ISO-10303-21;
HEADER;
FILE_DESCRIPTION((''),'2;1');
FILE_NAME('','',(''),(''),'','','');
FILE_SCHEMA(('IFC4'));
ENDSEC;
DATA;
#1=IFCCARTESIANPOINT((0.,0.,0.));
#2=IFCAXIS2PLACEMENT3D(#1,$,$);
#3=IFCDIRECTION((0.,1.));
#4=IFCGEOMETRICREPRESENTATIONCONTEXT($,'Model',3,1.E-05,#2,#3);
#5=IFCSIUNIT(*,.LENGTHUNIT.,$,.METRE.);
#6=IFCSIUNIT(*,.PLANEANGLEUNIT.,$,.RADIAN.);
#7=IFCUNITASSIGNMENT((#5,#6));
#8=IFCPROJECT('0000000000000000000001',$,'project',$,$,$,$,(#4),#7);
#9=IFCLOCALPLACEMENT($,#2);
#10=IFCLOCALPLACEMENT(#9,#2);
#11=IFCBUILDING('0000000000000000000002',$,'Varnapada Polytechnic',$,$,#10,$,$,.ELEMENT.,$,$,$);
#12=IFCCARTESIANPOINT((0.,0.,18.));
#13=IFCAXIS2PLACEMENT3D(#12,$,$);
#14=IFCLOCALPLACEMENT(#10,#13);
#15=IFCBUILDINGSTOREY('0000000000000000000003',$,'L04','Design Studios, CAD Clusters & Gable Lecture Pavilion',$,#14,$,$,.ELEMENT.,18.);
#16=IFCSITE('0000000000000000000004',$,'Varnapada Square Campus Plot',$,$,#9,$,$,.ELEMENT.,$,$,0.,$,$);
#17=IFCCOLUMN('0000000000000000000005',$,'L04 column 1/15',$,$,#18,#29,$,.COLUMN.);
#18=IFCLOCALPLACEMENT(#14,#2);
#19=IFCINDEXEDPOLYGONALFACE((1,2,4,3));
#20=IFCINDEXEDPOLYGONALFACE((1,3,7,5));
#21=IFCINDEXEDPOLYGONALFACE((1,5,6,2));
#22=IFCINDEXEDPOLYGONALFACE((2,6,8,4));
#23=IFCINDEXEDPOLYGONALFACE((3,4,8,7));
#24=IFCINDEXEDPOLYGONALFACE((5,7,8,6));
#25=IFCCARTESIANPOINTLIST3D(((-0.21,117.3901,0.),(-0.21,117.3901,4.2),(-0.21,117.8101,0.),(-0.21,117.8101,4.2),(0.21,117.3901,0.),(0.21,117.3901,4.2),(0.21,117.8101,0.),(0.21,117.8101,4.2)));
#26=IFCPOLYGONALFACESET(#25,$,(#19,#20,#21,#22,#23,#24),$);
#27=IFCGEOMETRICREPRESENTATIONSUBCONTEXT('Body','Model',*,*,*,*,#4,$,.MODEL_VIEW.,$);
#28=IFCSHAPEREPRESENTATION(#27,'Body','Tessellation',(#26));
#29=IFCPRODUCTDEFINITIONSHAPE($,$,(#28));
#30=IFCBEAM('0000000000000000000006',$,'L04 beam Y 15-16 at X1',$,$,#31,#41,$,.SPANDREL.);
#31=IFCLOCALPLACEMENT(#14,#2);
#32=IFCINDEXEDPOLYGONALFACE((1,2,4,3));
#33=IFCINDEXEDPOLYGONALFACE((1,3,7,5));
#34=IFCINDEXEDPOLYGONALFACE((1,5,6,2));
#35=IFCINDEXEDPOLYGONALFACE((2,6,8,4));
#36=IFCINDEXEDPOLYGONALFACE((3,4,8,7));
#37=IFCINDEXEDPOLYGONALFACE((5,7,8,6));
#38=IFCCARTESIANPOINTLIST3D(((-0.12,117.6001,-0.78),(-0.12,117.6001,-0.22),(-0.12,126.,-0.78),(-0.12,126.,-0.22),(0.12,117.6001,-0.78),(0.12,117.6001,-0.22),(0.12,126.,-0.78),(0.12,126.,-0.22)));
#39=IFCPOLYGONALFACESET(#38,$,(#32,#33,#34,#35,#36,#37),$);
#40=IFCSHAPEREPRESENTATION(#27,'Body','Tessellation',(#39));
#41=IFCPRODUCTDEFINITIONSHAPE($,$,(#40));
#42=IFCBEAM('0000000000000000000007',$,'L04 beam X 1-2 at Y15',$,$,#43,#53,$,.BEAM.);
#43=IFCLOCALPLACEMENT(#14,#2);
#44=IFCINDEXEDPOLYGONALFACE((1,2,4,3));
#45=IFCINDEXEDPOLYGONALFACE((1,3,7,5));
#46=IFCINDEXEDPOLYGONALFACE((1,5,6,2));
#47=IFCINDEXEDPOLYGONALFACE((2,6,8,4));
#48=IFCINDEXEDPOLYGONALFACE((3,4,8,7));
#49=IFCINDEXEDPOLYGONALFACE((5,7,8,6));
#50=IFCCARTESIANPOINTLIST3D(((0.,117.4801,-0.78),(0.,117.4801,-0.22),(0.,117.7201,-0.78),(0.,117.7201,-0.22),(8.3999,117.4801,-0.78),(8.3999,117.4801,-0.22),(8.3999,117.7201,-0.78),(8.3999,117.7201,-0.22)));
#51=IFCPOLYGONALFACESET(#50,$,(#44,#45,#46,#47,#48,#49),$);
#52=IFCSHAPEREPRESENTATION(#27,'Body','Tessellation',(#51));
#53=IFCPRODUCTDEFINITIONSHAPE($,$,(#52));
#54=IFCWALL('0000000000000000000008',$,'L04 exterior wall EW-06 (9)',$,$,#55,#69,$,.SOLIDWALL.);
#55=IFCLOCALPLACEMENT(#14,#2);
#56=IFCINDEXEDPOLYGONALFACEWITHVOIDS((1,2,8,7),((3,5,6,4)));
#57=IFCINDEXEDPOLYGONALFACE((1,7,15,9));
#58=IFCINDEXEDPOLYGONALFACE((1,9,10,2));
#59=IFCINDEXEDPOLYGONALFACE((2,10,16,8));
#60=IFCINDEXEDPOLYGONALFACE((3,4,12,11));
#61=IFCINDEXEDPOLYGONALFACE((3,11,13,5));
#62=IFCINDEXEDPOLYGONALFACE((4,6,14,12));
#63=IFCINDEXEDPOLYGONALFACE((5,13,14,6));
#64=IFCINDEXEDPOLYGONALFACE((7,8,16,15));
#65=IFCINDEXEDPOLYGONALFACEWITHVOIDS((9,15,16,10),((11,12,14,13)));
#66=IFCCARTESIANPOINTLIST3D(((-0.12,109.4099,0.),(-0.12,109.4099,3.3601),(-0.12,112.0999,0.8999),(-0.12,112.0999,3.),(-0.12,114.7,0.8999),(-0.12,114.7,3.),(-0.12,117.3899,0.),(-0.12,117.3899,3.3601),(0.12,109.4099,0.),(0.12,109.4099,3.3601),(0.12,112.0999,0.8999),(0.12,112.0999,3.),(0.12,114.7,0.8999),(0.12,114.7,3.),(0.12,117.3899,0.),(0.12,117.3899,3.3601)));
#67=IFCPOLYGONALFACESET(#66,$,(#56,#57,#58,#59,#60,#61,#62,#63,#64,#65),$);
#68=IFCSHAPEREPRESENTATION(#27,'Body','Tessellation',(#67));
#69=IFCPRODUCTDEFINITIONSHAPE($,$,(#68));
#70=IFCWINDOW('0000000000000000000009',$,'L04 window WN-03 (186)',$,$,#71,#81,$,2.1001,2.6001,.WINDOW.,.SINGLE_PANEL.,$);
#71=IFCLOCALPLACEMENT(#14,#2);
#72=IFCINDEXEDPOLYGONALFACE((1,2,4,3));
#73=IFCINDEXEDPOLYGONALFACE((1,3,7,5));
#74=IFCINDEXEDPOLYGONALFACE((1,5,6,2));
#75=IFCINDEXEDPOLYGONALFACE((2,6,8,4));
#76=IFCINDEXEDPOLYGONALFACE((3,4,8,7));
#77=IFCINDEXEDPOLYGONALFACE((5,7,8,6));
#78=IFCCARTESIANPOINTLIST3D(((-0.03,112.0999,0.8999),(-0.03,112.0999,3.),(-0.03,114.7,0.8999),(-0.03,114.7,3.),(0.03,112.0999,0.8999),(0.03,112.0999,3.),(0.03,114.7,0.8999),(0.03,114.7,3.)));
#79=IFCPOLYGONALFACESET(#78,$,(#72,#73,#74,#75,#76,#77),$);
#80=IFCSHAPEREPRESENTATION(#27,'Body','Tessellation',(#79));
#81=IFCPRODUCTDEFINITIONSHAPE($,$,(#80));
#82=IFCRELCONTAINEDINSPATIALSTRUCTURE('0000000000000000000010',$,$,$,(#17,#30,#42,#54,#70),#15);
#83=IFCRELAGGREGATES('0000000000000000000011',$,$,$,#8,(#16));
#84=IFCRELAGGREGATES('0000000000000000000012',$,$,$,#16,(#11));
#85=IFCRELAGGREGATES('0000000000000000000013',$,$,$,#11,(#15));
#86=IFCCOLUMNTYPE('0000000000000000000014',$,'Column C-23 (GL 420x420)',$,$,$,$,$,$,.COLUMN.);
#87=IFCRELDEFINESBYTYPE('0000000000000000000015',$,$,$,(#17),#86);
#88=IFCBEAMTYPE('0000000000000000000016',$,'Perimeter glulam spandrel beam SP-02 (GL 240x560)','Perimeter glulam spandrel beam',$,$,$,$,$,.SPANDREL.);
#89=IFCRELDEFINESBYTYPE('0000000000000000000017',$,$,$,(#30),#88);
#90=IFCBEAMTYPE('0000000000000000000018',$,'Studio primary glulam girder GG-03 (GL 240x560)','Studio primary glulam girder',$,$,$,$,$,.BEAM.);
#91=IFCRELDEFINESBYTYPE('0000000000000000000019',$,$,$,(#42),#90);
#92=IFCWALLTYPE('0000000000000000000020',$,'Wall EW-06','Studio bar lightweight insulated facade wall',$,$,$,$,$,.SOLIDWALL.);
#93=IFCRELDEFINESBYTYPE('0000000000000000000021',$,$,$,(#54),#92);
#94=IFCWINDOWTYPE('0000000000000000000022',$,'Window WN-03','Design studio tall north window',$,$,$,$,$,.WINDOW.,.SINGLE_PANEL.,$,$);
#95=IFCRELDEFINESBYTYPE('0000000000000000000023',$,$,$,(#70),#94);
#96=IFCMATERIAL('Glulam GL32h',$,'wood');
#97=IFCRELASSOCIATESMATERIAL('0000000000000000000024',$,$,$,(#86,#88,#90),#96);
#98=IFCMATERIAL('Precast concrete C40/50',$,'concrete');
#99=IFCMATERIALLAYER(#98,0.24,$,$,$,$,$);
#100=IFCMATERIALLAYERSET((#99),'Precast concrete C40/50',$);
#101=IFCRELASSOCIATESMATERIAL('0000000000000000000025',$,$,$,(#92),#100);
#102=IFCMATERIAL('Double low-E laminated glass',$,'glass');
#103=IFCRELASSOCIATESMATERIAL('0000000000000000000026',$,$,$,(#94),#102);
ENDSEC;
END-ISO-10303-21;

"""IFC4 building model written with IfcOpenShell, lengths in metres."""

from ifc_helpers import new_model, si_unit, direction, frame, frame_2d, origin, origin_2d, place, context, subcontext, project, spatial, rectangle, extrude, material, layer, layer_set, material_profile, profile_set, type_object, element, fill, save


model = new_model("IFC4")

# Units and contexts
model_context = context("Model", 3, precision=1e-05, world=origin(), true_north=direction((0.0, 1.0)))
body_context = subcontext(model_context, "Body", "Model", "MODEL_VIEW")
ifc_project = project(units=[si_unit("LENGTHUNIT", "METRE"), si_unit("PLANEANGLEUNIT", "RADIAN")], contexts=[model_context])

# Site, building, storey
site_placement = place(None, origin())
site = spatial("IfcSite", under=ifc_project, at=site_placement, Name="Varnapada Square Campus Plot", CompositionType="ELEMENT", RefElevation=0.0)
building_placement = place(site_placement, origin())
building = spatial("IfcBuilding", under=site, at=building_placement, Name="Varnapada Polytechnic", CompositionType="ELEMENT")
storey_placement = place(building_placement, frame((0.0, 0.0, 18.0)))
storey = spatial("IfcBuildingStorey", under=building, at=storey_placement, Name="L04", Description="Design Studios, CAD Clusters & Gable Lecture Pavilion", CompositionType="ELEMENT", Elevation=18.0)

# Column
ifc_material_1 = material(Name="Glulam GL32h", Category="wood")
ifc_material_profile_1 = material_profile(ifc_material_1, rectangle(XDim=0.4199, YDim=0.4199, at=origin_2d()), Name="GL 420x420")
ifc_profile_set_1 = profile_set([ifc_material_profile_1], Name="Glulam GL32h")
column_type = type_object("IfcColumnType", Name="Column C-23 (GL 420x420)", PredefinedType="COLUMN", material=ifc_profile_set_1)
column_placement = place(storey_placement, frame((0.0, 117.6001, 0.0), z_axis=(0.0, 0.0, 1.0), x_axis=(1.0, 0.0, 0.0)))
element("IfcColumn", 1, at=column_placement, inside=storey, type_object=column_type, Name="L04 column 1/15", PredefinedType="COLUMN", context=body_context, shape_type="SweptSolid", body=[
    extrude(rectangle(XDim=0.4199, YDim=0.4199, at=origin_2d()), origin(), (0.0, 0.0, 1.0), 4.2),
])

# Beams
ifc_material_profile_2 = material_profile(ifc_material_1, rectangle(XDim=0.24, YDim=0.5601, at=origin_2d()), Name="GL 240x560")
ifc_profile_set_2 = profile_set([ifc_material_profile_2], Name="Glulam GL32h")
beam_type_1 = type_object("IfcBeamType", Name="Perimeter glulam spandrel beam SP-02 (GL 240x560)", Description="Perimeter glulam spandrel beam", PredefinedType="SPANDREL", material=ifc_profile_set_2)
beam_1_placement = place(storey_placement, frame((0.0, 117.6001, -0.5), z_axis=(0.0, 1.0, 0.0), x_axis=(-1.0, 0.0, 0.0)))
element("IfcBeam", 2, at=beam_1_placement, inside=storey, type_object=beam_type_1, Name="L04 beam Y 15-16 at X1", PredefinedType="SPANDREL", context=body_context, shape_type="SweptSolid", body=[
    extrude(rectangle(XDim=0.24, YDim=0.5601, at=origin_2d()), origin(), (0.0, 0.0, 1.0), 8.3999),
])
ifc_material_profile_3 = material_profile(ifc_material_1, rectangle(XDim=0.24, YDim=0.5601, at=origin_2d()), Name="GL 240x560")
ifc_profile_set_3 = profile_set([ifc_material_profile_3], Name="Glulam GL32h")
beam_type_2 = type_object("IfcBeamType", Name="Studio primary glulam girder GG-03 (GL 240x560)", Description="Studio primary glulam girder", PredefinedType="BEAM", material=ifc_profile_set_3)
beam_2_placement = place(storey_placement, frame((0.0, 117.6001, -0.5), z_axis=(1.0, 0.0, 0.0), x_axis=(0.0, 1.0, 0.0)))
element("IfcBeam", 3, at=beam_2_placement, inside=storey, type_object=beam_type_2, Name="L04 beam X 1-2 at Y15", PredefinedType="BEAM", context=body_context, shape_type="SweptSolid", body=[
    extrude(rectangle(XDim=0.24, YDim=0.5601, at=origin_2d()), origin(), (0.0, 0.0, 1.0), 8.3999),
])

# Wall, opening, window
ifc_material_2 = material(Name="Precast concrete C40/50", Category="concrete")
ifc_layer_1 = layer(ifc_material_2, 0.24)
ifc_layer_set_1 = layer_set([ifc_layer_1], Name="Precast concrete C40/50")
wall_type = type_object("IfcWallType", Name="Wall EW-06", Description="Studio bar lightweight insulated facade wall", PredefinedType="SOLIDWALL", material=ifc_layer_set_1)
wall_placement = place(storey_placement, frame((0.0, 109.4099, 0.0), z_axis=(0.0, 0.0, 1.0), x_axis=(0.0, 1.0, 0.0)))
wall = element("IfcWall", 4, at=wall_placement, inside=storey, type_object=wall_type, Name="L04 exterior wall EW-06 (9)", PredefinedType="SOLIDWALL", context=body_context, shape_type="SweptSolid", body=[
    extrude(rectangle(XDim=7.98, YDim=0.24, at=frame_2d((3.99, 0.0))), origin(), (0.0, 0.0, 1.0), 3.3601),
])
opening_1_placement = place(wall_placement, frame((2.6899, 0.0, 0.8999)))
opening_1 = element("IfcOpeningElement", 5, at=opening_1_placement, cuts=wall, PredefinedType="OPENING", context=body_context, shape_type="SweptSolid", body=[
    extrude(rectangle(XDim=2.6001, YDim=2.1001, at=frame_2d((1.3, 1.05))), frame((0.0, 0.1299, 0.0), z_axis=(0.0, -1.0, 0.0), x_axis=(1.0, 0.0, 0.0)), (0.0, 0.0, 1.0), 0.26),
])
ifc_material_3 = material(Name="Double low-E laminated glass", Category="glass")
window_type = type_object("IfcWindowType", Name="Window WN-03", Description="Design studio tall north window", PartitioningType="SINGLE_PANEL", PredefinedType="WINDOW", material=ifc_material_3)
window_placement = place(opening_1_placement, origin())
window = element("IfcWindow", 6, at=window_placement, inside=storey, type_object=window_type, Name="L04 window WN-03 (186)", OverallHeight=2.1001, OverallWidth=2.6001, PartitioningType="SINGLE_PANEL", PredefinedType="WINDOW", context=body_context, shape_type="SweptSolid", body=[
    extrude(rectangle(XDim=2.6001, YDim=2.1001, at=frame_2d((1.3, 1.05))), frame((0.0, 0.03, 0.0), z_axis=(0.0, -1.0, 0.0), x_axis=(1.0, 0.0, 0.0)), (0.0, 0.0, 1.0), 0.0601),
])
fill(opening_1, window)

save(model, "model.ifc")
